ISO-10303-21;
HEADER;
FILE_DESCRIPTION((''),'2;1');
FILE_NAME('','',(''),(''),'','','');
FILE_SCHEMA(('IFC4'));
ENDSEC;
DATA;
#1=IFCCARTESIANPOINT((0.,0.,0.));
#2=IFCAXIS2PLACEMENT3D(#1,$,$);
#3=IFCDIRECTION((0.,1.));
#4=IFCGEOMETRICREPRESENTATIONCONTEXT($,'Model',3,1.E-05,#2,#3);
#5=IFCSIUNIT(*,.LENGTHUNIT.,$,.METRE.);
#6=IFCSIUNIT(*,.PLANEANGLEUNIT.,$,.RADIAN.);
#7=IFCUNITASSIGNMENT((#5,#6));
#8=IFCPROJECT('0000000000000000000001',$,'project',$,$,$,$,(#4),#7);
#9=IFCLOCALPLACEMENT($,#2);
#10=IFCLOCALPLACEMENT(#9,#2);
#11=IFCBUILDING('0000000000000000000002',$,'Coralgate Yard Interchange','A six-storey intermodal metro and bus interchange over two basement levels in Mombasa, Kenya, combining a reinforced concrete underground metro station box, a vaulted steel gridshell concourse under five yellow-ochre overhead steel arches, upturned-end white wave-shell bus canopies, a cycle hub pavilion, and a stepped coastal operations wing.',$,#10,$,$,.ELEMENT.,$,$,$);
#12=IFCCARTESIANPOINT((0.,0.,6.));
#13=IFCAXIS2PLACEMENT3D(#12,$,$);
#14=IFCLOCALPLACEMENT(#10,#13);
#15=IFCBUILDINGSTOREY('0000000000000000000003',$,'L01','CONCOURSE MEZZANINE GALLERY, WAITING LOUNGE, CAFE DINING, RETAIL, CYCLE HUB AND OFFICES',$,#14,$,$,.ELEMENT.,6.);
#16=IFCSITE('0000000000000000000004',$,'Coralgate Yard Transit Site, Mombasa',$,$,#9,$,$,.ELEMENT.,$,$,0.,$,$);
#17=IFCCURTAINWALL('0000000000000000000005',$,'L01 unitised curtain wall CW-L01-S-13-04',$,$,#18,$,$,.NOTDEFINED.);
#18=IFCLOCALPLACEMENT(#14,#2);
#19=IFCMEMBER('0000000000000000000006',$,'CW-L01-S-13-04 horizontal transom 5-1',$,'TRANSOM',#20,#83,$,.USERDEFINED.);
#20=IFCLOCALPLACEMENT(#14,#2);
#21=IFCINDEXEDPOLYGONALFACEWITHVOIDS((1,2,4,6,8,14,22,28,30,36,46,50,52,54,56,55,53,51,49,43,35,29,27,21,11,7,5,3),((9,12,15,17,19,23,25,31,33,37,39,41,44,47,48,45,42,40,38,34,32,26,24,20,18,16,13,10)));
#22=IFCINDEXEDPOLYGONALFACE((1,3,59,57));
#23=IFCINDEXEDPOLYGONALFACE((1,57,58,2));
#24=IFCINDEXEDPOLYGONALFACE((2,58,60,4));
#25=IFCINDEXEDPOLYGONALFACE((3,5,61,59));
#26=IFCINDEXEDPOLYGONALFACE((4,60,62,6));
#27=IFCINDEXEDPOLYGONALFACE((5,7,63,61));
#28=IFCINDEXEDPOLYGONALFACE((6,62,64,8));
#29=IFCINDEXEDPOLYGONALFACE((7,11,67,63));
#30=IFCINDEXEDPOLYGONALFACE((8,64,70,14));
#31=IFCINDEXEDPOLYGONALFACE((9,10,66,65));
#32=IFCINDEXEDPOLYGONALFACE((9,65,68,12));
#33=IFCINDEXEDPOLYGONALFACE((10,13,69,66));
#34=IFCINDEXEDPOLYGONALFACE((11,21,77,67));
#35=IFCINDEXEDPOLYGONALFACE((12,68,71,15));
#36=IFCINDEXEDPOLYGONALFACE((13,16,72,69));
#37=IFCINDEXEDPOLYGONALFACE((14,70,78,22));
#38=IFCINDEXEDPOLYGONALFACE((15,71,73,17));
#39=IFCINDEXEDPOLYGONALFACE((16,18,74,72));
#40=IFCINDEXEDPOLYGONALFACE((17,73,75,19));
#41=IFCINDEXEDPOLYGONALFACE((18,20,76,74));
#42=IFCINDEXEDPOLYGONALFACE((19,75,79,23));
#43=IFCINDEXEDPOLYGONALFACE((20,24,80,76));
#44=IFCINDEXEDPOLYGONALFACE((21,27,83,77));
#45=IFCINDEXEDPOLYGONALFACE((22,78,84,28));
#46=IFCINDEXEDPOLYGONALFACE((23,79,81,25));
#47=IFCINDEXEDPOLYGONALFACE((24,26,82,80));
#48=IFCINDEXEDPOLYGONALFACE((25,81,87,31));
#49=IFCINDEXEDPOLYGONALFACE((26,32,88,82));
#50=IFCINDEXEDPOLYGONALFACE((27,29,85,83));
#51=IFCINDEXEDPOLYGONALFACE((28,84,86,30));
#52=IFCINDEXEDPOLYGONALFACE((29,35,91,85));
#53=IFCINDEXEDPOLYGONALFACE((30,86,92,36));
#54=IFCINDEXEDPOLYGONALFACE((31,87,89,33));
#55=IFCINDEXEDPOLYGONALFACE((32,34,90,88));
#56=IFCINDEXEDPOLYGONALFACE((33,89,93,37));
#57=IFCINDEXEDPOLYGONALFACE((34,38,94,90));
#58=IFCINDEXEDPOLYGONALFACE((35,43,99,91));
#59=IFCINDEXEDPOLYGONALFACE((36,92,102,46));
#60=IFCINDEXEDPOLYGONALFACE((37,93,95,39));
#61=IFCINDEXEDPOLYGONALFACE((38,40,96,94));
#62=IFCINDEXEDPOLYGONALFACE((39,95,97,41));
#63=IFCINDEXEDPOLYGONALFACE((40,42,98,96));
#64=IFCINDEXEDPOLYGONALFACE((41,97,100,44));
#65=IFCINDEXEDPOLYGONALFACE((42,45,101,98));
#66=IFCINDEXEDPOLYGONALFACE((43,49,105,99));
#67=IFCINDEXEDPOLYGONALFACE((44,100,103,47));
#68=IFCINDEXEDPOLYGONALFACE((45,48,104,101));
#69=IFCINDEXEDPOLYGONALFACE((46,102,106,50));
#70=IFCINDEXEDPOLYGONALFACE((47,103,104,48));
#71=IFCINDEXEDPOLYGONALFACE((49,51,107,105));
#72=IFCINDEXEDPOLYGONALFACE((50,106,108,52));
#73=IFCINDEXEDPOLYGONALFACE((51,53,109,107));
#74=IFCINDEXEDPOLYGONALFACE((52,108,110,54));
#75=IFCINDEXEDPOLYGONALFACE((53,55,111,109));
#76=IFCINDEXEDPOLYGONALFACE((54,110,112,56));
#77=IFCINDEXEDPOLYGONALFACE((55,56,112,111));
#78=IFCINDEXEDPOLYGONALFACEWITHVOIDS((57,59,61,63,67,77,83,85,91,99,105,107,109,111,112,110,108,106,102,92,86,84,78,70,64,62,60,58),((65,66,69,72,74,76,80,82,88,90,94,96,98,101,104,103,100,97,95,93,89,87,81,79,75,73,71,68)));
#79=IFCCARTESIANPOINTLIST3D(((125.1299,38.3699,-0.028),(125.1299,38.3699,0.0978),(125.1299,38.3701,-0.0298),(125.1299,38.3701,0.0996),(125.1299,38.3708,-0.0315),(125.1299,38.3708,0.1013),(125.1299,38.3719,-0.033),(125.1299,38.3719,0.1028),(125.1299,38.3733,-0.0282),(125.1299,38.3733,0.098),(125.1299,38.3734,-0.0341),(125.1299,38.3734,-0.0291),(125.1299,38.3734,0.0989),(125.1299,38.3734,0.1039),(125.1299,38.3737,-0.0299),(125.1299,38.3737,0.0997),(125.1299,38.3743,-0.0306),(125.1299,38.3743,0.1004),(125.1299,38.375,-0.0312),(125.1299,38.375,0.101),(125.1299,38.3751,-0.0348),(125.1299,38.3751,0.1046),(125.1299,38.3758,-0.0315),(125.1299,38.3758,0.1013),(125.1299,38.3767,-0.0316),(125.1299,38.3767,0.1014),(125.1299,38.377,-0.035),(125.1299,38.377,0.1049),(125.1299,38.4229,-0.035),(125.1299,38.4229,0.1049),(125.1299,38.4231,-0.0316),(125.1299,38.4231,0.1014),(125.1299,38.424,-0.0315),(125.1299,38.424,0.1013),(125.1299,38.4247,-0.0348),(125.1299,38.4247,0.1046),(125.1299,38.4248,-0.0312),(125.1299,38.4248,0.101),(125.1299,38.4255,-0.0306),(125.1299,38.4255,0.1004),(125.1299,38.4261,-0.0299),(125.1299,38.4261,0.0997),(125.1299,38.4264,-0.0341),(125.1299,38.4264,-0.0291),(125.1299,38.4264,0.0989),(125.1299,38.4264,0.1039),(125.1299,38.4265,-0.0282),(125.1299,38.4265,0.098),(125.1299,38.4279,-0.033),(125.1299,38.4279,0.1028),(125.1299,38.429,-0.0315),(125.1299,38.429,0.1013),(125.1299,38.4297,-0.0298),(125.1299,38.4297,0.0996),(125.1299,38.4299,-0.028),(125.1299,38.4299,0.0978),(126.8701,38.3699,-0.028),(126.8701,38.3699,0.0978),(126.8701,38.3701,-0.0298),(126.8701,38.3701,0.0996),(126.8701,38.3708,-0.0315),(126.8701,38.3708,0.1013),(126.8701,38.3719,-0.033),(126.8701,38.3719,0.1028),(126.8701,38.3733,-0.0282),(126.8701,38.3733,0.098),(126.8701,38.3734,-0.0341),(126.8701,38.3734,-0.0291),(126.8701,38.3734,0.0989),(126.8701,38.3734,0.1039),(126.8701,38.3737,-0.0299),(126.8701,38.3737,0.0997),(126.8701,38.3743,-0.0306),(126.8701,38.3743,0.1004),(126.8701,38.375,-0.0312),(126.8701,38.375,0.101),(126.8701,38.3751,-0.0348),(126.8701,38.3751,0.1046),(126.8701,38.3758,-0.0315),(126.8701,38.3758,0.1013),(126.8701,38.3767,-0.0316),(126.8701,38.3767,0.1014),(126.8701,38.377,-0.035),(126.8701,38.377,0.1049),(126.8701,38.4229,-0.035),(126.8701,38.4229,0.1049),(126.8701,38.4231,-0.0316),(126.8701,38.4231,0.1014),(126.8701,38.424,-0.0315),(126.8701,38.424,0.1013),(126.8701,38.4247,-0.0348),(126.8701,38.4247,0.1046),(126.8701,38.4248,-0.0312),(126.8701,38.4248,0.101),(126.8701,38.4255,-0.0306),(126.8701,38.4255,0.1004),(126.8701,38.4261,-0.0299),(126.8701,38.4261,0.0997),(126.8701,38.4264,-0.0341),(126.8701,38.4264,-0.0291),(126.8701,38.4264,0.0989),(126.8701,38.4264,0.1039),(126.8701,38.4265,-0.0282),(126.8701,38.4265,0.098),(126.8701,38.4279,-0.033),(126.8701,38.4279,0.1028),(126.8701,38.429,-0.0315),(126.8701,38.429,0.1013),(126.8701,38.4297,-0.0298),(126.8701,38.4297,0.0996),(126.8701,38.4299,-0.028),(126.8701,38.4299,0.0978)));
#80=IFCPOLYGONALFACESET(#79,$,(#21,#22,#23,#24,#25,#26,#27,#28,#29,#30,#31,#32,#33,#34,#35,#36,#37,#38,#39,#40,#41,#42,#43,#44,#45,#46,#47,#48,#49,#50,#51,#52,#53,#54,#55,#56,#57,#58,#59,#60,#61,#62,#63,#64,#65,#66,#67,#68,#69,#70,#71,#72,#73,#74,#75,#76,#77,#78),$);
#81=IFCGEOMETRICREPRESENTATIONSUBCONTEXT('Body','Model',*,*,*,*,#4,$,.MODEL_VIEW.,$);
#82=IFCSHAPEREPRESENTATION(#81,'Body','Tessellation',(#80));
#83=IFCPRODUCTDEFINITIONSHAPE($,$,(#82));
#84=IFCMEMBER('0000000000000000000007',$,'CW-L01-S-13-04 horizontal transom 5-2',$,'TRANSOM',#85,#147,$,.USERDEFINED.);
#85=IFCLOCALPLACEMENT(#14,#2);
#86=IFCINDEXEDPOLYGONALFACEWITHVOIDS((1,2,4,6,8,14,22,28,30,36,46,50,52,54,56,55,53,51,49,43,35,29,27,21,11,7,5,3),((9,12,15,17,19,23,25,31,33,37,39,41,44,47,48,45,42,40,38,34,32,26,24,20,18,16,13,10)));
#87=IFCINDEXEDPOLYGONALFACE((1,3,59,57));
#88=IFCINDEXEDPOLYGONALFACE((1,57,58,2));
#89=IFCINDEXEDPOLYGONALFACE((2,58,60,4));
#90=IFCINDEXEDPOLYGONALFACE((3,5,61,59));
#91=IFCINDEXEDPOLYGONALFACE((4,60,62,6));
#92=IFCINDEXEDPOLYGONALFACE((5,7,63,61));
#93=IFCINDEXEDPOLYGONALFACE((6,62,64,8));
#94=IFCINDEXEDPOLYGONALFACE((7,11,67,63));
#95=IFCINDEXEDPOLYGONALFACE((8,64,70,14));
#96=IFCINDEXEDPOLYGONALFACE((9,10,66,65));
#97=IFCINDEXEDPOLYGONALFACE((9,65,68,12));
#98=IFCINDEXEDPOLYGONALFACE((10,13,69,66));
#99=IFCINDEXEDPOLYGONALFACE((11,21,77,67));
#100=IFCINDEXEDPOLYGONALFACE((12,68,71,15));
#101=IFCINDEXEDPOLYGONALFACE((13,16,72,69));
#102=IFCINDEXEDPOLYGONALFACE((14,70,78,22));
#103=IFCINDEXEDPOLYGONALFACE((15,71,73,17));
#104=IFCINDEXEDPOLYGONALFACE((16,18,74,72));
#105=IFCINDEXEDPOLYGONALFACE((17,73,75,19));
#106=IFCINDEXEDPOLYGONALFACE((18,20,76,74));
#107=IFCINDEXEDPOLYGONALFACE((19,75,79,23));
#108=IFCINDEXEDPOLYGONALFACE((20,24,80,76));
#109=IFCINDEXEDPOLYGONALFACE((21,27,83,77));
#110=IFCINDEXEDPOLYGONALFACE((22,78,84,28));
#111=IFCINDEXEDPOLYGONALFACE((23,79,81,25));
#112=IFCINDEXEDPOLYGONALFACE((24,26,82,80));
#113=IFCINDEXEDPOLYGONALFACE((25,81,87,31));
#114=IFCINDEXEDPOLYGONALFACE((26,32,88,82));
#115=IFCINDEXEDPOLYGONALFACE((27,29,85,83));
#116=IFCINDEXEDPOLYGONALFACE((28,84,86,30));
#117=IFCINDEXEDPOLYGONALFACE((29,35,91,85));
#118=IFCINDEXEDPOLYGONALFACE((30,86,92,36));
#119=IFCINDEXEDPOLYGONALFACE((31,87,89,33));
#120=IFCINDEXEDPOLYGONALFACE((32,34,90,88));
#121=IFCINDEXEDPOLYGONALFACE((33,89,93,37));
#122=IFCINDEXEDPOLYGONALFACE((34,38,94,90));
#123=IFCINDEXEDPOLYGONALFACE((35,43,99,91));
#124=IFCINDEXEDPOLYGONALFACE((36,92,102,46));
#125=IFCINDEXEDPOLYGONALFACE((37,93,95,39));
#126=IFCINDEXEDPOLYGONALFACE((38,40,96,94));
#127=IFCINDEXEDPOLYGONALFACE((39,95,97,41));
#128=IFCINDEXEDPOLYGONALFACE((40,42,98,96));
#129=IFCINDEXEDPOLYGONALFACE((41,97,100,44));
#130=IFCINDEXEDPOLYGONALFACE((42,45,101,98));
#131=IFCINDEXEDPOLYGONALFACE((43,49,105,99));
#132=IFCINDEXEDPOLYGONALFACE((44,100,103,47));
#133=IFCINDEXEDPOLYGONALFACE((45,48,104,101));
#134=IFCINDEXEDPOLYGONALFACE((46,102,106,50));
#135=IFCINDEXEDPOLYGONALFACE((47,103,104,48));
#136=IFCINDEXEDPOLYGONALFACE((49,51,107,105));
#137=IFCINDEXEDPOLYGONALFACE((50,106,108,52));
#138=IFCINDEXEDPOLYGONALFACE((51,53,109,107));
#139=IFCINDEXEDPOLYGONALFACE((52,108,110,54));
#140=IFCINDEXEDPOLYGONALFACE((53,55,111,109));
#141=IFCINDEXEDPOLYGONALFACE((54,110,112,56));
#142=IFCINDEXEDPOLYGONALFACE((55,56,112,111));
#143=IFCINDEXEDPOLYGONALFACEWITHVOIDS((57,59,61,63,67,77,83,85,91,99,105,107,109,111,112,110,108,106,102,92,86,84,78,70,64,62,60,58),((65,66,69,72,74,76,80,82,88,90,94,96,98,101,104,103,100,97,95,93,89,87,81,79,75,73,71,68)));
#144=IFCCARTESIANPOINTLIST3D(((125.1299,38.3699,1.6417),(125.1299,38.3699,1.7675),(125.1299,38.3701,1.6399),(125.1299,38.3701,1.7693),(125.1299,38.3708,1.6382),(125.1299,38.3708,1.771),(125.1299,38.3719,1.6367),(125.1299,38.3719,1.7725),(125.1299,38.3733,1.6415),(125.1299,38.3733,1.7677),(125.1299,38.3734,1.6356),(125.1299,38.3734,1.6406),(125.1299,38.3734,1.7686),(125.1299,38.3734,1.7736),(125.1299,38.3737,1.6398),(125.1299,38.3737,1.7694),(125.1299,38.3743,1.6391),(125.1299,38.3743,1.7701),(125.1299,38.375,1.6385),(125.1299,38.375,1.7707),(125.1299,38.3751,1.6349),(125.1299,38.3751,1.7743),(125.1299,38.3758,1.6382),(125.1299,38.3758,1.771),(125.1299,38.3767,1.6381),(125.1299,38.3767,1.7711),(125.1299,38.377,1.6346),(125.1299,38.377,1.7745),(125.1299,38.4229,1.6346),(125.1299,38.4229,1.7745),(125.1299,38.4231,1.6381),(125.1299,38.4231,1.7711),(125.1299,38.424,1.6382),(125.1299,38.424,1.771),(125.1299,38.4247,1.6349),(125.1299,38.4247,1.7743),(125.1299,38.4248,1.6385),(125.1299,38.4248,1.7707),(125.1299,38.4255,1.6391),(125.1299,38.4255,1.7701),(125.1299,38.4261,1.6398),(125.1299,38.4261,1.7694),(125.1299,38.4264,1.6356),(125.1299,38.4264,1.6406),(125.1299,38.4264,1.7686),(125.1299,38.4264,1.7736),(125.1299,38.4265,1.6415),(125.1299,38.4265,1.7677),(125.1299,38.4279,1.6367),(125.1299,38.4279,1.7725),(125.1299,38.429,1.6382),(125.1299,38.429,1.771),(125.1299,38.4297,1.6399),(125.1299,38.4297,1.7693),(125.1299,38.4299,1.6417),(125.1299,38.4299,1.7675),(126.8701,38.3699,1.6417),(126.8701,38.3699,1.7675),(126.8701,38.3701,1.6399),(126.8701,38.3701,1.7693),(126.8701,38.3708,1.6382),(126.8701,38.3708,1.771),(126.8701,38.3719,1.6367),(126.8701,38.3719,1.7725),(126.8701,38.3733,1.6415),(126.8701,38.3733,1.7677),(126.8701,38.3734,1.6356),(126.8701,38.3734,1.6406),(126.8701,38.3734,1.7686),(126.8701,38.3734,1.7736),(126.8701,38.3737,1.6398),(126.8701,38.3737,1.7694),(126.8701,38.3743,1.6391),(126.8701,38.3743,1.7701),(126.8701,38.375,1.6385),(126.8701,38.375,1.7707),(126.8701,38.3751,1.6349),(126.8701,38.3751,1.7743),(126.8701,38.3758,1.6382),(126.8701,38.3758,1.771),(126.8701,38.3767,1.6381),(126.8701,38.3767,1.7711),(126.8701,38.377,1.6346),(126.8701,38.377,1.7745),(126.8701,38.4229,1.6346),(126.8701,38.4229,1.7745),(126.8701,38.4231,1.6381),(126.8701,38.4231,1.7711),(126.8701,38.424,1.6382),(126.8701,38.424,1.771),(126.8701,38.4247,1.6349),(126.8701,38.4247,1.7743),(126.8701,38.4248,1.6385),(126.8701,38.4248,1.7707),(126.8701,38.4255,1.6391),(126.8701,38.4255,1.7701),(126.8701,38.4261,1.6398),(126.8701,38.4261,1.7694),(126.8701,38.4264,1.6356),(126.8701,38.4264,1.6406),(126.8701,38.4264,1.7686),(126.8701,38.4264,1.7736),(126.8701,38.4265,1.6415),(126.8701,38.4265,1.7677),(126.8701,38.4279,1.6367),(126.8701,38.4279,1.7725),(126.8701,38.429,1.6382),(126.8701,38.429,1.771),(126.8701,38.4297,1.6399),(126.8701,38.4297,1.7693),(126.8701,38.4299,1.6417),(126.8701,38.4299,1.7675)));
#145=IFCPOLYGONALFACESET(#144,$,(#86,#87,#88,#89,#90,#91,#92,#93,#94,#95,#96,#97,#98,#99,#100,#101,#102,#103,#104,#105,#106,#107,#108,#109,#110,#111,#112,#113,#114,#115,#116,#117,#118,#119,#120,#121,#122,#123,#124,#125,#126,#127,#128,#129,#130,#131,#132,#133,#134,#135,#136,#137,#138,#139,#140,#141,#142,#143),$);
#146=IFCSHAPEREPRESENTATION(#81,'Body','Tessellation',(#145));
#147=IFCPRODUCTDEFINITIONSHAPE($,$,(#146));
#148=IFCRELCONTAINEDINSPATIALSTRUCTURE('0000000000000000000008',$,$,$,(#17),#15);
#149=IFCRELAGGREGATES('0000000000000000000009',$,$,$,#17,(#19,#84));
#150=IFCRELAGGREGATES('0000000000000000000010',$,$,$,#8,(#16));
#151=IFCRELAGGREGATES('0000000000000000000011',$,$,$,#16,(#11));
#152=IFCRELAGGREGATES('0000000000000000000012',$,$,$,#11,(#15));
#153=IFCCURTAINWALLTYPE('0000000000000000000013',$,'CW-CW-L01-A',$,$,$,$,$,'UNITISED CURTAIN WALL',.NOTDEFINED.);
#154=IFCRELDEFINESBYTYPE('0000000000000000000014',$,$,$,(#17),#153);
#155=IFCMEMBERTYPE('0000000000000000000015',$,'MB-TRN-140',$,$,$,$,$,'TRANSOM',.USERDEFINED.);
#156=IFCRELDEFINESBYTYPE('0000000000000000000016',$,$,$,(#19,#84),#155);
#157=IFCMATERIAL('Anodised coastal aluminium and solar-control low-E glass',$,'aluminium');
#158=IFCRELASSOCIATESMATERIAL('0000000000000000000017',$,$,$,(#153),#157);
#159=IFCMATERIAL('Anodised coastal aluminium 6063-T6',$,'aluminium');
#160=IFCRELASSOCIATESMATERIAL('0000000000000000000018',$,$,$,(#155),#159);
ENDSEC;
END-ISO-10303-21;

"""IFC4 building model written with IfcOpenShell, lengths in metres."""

from ifc_helpers import new_model, si_unit, direction, frame, origin, origin_2d, place, context, subcontext, project, spatial, hollow_rectangle, extrude, material, material_profile, profile_set, type_object, element, aggregate, save


model = new_model("IFC4")

# Units and contexts
model_context = context("Model", 3, precision=1e-05, world=origin(), true_north=direction((0.0, 1.0)))
body_context = subcontext(model_context, "Body", "Model", "MODEL_VIEW")
ifc_project = project(units=[si_unit("LENGTHUNIT", "METRE"), si_unit("PLANEANGLEUNIT", "RADIAN")], contexts=[model_context])

# Site, building, storey
site_placement = place(None, origin())
site = spatial("IfcSite", under=ifc_project, at=site_placement, Name="Coralgate Yard Transit Site, Mombasa", CompositionType="ELEMENT", RefElevation=0.0)
building_placement = place(site_placement, origin())
building = spatial("IfcBuilding", under=site, at=building_placement, Name="Coralgate Yard Interchange", Description="A six-storey intermodal metro and bus interchange over two basement levels in Mombasa, Kenya, combining a reinforced concrete underground metro station box, a vaulted steel gridshell concourse under five yellow-ochre overhead steel arches, upturned-end white wave-shell bus canopies, a cycle hub pavilion, and a stepped coastal operations wing.", CompositionType="ELEMENT")
storey_placement = place(building_placement, frame((0.0, 0.0, 6.0)))
storey = spatial("IfcBuildingStorey", under=building, at=storey_placement, Name="L01", Description="CONCOURSE MEZZANINE GALLERY, WAITING LOUNGE, CAFE DINING, RETAIL, CYCLE HUB AND OFFICES", CompositionType="ELEMENT", Elevation=6.0)

# Shared definitions
ifc_material_1 = material(Name="Anodised coastal aluminium and solar-control low-E glass", Category="aluminium")
curtain_wall_type = type_object("IfcCurtainWallType", Name="CW-CW-L01-A", ElementType="UNITISED CURTAIN WALL", PredefinedType="NOTDEFINED", material=ifc_material_1)
ifc_material_2 = material(Name="Anodised coastal aluminium 6063-T6", Category="aluminium")

# Curtain wall
curtain_wall_1_placement = place(storey_placement, origin())
curtain_wall_1 = element("IfcCurtainWall", 1, at=curtain_wall_1_placement, inside=storey, type_object=curtain_wall_type, Name="L01 unitised curtain wall CW-L01-S-13-04", PredefinedType="NOTDEFINED")

# Members
ifc_material_profile_1 = material_profile(ifc_material_2, hollow_rectangle(XDim=0.0601, YDim=0.1399, WallThickness=0.0034, InnerFilletRadius=0.0034, OuterFilletRadius=0.0071, at=origin_2d()), Name="ALU 60x140x3.5")
ifc_profile_set_1 = profile_set([ifc_material_profile_1], Name="Anodised coastal aluminium 6063-T6")
member_type_1 = type_object("IfcMemberType", Name="MB-TRN-140", ElementType="TRANSOM", PredefinedType="USERDEFINED", material=ifc_profile_set_1)
member_1_placement = place(storey_placement, frame((126.8701, 38.3999, 0.0349), z_axis=(-1.0, 0.0, 0.0), x_axis=(0.0, -1.0, 0.0)))
member_1 = element("IfcMember", 2, at=member_1_placement, type_object=member_type_1, Name="CW-L01-S-13-04 horizontal transom 5-1", ObjectType="TRANSOM", PredefinedType="USERDEFINED", context=body_context, shape_type="SweptSolid", body=[
    extrude(hollow_rectangle(XDim=0.0601, YDim=0.1399, WallThickness=0.0034, InnerFilletRadius=0.0034, OuterFilletRadius=0.0071, at=origin_2d()), origin(), (0.0, 0.0, 1.0), 1.7402),
])
member_2_placement = place(storey_placement, frame((126.8701, 38.3999, 1.7046), z_axis=(-1.0, 0.0, 0.0), x_axis=(0.0, -1.0, 0.0)))
member_2 = element("IfcMember", 3, at=member_2_placement, type_object=member_type_1, Name="CW-L01-S-13-04 horizontal transom 5-2", ObjectType="TRANSOM", PredefinedType="USERDEFINED", context=body_context, shape_type="SweptSolid", body=[
    extrude(hollow_rectangle(XDim=0.0601, YDim=0.1399, WallThickness=0.0034, InnerFilletRadius=0.0034, OuterFilletRadius=0.0071, at=origin_2d()), origin(), (0.0, 0.0, 1.0), 1.7402),
])

aggregate(curtain_wall_1, [member_1, member_2])

save(model, "model.ifc")
